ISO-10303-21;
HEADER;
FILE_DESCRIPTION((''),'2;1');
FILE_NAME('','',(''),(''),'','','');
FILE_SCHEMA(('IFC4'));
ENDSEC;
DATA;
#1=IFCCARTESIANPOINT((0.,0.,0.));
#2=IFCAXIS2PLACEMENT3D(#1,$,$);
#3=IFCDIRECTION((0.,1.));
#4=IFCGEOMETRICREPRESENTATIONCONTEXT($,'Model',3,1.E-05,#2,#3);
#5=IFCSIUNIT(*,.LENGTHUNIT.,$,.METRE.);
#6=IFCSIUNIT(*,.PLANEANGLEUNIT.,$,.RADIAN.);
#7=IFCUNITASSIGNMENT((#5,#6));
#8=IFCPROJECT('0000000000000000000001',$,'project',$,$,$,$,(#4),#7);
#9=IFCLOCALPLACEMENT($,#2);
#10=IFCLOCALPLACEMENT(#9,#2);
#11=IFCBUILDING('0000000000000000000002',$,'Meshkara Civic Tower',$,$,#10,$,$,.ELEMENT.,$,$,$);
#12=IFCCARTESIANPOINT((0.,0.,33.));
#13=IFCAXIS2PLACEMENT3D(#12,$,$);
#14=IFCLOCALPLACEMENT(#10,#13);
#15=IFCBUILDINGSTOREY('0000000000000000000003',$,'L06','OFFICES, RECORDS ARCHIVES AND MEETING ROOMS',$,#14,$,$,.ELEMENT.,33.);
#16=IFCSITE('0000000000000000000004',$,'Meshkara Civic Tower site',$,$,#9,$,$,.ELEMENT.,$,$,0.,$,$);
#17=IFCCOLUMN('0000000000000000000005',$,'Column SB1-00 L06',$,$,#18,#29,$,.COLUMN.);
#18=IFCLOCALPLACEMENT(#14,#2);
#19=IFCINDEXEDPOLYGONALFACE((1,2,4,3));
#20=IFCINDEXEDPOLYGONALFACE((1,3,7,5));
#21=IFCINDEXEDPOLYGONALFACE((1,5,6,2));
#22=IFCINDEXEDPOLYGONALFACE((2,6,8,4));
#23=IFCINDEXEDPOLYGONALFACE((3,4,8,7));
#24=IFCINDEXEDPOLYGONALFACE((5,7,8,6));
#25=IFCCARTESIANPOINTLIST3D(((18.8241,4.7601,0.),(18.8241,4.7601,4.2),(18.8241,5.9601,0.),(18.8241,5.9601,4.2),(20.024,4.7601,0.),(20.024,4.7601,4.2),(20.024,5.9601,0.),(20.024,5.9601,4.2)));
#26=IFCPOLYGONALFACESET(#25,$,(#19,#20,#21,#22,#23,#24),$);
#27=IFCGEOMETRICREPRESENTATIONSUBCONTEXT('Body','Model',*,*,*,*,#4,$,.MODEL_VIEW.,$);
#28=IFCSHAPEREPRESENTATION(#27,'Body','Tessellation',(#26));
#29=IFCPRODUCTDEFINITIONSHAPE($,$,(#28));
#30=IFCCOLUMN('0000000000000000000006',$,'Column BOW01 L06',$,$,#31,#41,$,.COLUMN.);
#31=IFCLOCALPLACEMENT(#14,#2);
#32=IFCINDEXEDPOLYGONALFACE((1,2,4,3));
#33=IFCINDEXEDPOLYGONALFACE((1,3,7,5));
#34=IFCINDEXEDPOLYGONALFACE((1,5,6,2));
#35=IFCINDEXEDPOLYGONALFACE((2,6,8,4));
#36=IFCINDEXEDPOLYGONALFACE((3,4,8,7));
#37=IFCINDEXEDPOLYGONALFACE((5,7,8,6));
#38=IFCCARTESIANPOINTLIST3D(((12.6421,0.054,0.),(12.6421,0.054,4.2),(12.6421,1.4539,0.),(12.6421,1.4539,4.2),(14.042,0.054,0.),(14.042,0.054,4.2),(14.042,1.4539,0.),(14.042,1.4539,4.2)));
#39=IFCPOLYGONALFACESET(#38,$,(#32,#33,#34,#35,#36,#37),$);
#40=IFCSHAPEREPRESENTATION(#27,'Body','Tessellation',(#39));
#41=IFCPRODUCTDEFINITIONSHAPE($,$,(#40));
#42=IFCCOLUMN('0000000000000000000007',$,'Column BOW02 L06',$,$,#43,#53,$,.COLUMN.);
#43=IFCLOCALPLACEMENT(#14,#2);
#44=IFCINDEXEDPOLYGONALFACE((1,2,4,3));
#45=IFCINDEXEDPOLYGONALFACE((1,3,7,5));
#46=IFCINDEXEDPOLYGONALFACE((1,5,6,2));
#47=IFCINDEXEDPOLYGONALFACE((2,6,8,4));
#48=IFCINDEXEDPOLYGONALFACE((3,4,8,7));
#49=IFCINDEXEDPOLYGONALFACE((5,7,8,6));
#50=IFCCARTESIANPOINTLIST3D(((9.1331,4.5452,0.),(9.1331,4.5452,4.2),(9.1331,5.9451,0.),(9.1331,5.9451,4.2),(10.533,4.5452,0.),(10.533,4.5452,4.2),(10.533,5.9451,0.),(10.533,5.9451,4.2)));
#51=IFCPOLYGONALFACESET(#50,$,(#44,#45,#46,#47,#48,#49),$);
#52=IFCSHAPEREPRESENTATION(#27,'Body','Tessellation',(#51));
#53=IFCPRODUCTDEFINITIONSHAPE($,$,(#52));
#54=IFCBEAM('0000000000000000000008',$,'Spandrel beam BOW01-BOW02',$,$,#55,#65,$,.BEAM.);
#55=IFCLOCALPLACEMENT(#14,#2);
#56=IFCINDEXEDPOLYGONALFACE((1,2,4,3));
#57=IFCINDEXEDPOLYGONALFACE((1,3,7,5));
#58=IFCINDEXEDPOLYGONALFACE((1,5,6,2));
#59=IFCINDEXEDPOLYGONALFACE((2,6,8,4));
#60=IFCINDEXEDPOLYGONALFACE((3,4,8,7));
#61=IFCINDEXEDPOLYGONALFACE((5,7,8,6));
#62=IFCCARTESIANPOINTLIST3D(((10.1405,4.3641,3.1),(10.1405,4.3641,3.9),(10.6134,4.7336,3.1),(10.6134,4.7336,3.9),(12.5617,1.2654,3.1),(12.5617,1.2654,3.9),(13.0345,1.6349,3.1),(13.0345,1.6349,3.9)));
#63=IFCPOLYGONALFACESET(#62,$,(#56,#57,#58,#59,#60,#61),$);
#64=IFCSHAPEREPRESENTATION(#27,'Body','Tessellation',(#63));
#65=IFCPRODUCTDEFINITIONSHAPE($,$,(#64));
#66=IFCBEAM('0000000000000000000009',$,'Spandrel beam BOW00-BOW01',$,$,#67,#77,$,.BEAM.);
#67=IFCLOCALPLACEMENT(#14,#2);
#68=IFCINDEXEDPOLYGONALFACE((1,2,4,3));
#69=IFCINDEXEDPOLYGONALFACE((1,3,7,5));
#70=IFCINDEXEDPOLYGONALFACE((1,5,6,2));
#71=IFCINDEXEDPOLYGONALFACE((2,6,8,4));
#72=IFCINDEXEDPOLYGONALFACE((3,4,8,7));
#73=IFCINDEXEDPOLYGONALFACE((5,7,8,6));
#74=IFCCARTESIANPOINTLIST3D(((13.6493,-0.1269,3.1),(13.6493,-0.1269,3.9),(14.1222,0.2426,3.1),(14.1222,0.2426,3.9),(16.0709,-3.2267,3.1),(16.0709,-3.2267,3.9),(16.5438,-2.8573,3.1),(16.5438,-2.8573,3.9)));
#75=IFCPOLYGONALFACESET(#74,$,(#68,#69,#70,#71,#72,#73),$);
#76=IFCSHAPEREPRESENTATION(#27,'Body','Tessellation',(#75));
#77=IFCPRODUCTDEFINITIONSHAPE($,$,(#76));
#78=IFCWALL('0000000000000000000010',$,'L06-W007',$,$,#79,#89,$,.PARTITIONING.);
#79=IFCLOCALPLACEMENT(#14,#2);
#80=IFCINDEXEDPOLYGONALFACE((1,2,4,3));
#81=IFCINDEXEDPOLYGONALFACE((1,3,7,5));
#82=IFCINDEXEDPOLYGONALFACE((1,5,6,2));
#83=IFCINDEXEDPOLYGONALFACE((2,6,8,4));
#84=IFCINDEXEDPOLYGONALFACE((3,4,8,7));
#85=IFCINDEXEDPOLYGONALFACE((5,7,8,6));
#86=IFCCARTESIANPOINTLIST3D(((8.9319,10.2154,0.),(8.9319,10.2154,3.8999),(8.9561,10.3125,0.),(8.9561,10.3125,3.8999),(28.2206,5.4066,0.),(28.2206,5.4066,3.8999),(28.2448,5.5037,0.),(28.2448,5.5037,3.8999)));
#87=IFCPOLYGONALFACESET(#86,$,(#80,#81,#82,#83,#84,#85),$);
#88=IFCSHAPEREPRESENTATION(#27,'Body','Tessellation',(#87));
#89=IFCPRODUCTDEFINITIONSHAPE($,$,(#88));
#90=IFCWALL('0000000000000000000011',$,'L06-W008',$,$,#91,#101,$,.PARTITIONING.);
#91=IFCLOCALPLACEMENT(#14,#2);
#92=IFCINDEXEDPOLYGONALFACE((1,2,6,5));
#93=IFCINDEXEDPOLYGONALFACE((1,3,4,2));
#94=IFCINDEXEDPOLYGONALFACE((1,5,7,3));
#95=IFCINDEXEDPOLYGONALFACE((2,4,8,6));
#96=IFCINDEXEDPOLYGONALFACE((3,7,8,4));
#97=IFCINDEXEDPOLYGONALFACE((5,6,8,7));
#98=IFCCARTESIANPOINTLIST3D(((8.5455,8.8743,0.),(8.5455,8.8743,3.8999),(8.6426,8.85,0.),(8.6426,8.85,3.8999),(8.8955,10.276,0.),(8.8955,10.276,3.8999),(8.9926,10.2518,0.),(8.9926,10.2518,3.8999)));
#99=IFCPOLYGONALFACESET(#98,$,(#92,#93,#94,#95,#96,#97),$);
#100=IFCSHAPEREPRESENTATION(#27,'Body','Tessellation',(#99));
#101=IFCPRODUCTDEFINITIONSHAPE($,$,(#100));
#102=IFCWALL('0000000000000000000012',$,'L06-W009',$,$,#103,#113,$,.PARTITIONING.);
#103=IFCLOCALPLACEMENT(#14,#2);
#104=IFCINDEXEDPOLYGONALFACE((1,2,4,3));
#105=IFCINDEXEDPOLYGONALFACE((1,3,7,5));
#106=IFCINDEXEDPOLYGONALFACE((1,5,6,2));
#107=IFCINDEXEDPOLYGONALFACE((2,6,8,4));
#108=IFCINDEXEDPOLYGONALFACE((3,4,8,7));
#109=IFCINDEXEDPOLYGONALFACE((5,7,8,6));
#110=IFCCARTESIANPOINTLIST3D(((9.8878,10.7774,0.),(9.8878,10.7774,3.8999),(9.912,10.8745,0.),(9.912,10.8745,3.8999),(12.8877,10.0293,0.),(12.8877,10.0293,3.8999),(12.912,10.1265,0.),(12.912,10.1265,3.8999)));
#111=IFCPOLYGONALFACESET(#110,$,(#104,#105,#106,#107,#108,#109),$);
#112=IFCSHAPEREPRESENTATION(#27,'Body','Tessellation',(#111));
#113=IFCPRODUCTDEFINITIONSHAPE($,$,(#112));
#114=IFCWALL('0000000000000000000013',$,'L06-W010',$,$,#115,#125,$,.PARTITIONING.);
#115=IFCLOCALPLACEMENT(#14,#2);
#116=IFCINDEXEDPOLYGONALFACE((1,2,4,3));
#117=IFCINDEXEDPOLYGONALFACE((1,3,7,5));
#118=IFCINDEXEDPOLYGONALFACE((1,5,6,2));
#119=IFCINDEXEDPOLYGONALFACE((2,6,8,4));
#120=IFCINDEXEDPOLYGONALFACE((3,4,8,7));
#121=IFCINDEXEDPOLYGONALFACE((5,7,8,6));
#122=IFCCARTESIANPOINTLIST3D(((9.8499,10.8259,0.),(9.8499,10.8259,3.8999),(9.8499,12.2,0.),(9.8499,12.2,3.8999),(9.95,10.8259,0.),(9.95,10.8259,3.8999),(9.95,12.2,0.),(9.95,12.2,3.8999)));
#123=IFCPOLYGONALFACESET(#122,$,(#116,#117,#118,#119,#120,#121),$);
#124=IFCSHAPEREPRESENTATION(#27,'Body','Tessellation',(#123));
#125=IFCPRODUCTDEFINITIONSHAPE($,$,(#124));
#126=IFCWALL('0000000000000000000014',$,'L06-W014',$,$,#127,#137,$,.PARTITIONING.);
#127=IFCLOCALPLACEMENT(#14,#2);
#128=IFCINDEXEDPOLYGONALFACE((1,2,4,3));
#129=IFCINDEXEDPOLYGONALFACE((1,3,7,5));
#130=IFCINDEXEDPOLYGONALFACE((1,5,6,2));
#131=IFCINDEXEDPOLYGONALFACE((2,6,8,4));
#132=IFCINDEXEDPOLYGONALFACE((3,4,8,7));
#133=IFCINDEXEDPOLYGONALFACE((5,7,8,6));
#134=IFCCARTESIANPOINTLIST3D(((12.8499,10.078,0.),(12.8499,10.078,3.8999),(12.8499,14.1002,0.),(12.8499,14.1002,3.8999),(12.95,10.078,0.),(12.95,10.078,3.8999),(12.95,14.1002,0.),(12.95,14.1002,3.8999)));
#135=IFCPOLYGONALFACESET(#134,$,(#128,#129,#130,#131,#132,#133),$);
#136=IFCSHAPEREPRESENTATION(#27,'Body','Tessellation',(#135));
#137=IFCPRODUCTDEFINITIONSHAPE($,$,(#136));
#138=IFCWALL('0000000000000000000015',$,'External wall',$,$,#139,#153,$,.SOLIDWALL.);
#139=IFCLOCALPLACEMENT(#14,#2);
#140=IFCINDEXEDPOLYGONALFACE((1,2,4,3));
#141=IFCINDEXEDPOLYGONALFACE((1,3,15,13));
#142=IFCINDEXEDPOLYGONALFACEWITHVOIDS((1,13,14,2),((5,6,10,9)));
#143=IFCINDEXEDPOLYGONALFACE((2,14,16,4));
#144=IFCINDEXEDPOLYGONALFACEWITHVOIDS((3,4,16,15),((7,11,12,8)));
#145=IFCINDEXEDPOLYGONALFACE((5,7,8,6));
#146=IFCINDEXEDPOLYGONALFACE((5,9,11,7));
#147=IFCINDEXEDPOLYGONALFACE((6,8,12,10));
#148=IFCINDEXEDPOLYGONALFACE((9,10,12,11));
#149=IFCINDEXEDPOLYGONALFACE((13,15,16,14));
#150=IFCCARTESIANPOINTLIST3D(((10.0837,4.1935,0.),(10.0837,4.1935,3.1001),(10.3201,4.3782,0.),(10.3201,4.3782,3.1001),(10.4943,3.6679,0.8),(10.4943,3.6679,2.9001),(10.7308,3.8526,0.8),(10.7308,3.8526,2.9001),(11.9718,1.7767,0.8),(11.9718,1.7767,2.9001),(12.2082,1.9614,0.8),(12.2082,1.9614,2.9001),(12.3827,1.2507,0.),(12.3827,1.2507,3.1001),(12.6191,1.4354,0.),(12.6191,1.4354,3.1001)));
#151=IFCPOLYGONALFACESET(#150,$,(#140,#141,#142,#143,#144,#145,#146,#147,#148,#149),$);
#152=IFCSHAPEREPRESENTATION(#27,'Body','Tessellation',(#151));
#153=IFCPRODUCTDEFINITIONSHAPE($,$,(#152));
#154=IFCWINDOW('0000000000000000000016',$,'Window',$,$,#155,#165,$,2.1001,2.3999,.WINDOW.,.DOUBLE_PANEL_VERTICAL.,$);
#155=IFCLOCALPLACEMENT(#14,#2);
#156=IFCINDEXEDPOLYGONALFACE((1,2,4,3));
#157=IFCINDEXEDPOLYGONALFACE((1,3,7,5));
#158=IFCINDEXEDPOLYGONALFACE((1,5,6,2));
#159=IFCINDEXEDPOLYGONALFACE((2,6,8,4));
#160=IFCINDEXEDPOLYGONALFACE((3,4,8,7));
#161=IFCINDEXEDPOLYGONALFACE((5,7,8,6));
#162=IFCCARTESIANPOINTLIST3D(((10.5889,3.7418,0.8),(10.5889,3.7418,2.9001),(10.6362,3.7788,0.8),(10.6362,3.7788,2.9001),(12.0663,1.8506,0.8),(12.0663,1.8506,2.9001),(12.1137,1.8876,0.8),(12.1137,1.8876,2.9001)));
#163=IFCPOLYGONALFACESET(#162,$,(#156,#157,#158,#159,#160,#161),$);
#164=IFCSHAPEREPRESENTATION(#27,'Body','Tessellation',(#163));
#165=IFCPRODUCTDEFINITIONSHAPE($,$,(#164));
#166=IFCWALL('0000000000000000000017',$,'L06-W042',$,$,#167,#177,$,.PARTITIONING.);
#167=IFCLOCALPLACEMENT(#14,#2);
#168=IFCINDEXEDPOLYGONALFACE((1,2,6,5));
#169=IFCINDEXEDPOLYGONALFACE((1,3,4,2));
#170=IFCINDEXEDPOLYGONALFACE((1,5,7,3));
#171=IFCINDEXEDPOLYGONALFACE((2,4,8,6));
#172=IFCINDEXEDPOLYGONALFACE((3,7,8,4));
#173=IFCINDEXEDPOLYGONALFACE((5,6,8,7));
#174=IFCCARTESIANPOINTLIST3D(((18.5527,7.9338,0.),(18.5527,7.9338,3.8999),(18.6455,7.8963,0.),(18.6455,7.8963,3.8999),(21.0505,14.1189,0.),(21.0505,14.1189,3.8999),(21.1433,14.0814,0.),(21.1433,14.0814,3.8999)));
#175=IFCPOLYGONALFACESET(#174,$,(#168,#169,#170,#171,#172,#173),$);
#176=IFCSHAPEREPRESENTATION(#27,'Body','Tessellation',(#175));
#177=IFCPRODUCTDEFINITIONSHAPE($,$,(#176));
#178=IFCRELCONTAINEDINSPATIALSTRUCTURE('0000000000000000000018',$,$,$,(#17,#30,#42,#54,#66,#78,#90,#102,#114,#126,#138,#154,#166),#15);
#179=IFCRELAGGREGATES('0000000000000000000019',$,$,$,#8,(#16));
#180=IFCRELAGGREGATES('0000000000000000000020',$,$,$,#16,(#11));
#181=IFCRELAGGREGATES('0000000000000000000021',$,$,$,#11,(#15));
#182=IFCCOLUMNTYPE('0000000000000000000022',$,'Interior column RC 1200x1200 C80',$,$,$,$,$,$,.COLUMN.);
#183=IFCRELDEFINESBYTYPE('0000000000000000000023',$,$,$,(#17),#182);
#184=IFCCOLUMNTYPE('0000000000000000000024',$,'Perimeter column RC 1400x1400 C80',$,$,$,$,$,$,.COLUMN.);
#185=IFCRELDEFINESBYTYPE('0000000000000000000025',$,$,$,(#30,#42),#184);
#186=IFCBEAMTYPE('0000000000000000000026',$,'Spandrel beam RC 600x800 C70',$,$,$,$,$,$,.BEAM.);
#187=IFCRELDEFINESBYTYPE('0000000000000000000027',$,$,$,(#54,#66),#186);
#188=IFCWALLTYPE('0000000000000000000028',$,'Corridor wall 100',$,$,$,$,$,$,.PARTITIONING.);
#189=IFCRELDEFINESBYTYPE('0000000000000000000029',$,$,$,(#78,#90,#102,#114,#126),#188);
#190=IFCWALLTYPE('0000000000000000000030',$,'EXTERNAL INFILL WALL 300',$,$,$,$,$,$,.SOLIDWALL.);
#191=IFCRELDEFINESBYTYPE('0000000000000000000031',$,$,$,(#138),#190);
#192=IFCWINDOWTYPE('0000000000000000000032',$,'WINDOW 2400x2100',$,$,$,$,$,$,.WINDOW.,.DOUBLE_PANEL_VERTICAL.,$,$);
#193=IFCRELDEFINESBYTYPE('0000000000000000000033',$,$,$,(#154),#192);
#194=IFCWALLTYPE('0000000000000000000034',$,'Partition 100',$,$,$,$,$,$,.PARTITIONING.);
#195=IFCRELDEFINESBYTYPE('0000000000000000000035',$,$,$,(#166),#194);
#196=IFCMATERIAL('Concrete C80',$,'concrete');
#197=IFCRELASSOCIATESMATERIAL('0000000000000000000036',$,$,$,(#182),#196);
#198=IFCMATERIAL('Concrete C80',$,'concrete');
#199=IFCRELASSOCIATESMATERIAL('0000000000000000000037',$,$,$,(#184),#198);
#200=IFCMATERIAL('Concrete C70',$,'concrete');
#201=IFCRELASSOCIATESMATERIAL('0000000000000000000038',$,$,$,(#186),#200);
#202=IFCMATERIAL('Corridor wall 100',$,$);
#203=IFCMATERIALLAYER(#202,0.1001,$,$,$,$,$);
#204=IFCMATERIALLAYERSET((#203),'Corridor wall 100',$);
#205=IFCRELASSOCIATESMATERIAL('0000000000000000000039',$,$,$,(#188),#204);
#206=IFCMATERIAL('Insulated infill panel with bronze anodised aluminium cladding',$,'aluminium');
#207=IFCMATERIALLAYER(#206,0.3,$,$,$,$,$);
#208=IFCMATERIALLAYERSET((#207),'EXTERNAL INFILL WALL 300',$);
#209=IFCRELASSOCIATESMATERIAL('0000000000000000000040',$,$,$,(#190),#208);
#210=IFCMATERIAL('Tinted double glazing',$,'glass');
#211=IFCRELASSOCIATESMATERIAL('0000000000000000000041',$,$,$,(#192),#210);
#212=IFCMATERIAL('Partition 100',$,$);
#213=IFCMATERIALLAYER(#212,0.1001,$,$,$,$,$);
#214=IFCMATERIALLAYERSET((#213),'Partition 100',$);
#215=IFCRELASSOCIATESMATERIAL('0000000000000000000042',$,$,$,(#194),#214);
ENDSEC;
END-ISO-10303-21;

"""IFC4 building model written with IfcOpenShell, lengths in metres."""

from ifc_helpers import new_model, si_unit, direction, frame, frame_2d, origin, origin_2d, place, context, subcontext, project, spatial, rectangle, extrude, material, layer, layer_set, material_profile, profile_set, type_object, element, fill, save


model = new_model("IFC4")

# Units and contexts
model_context = context("Model", 3, precision=1e-05, world=origin(), true_north=direction((0.0, 1.0)))
body_context = subcontext(model_context, "Body", "Model", "MODEL_VIEW")
ifc_project = project(units=[si_unit("LENGTHUNIT", "METRE"), si_unit("PLANEANGLEUNIT", "RADIAN")], contexts=[model_context])

# Site, building, storey
site_placement = place(None, origin())
site = spatial("IfcSite", under=ifc_project, at=site_placement, Name="Meshkara Civic Tower site", CompositionType="ELEMENT", RefElevation=0.0)
building_placement = place(site_placement, origin())
building = spatial("IfcBuilding", under=site, at=building_placement, Name="Meshkara Civic Tower", CompositionType="ELEMENT")
storey_placement = place(building_placement, frame((0.0, 0.0, 33.0)))
storey = spatial("IfcBuildingStorey", under=building, at=storey_placement, Name="L06", Description="OFFICES, RECORDS ARCHIVES AND MEETING ROOMS", CompositionType="ELEMENT", Elevation=33.0)

# Columns
ifc_material_1 = material(Name="Concrete C80", Category="concrete")
ifc_material_profile_1 = material_profile(ifc_material_1, rectangle(XDim=1.2, YDim=1.2, at=origin_2d()))
ifc_profile_set_1 = profile_set([ifc_material_profile_1], Name="Concrete C80")
column_type_1 = type_object("IfcColumnType", Name="Interior column RC 1200x1200 C80", PredefinedType="COLUMN", material=ifc_profile_set_1)
column_placement = place(storey_placement, frame((19.4241, 5.3601, 0.0), z_axis=(0.0, 0.0, 1.0), x_axis=(1.0, 0.0, 0.0)))
element("IfcColumn", 1, at=column_placement, inside=storey, type_object=column_type_1, Name="Column SB1-00 L06", PredefinedType="COLUMN", context=body_context, shape_type="SweptSolid", body=[
    extrude(rectangle(XDim=1.2, YDim=1.2, at=origin_2d()), origin(), (0.0, 0.0, 1.0), 4.2),
])
ifc_material_2 = material(Name="Concrete C80", Category="concrete")
ifc_material_profile_2 = material_profile(ifc_material_2, rectangle(XDim=1.3999, YDim=1.3999, at=origin_2d()))
ifc_profile_set_2 = profile_set([ifc_material_profile_2], Name="Concrete C80")
column_type_2 = type_object("IfcColumnType", Name="Perimeter column RC 1400x1400 C80", PredefinedType="COLUMN", material=ifc_profile_set_2)
for number, where, z_axis, x_axis, name in (
    (2, (13.342, 0.7539, 0.0), (0.0, 0.0, 1.0), (1.0, 0.0, 0.0), "Column BOW01 L06"),
    (3, (9.833, 5.2451, 0.0), (0.0, 0.0, 1.0), (1.0, 0.0, 0.0), "Column BOW02 L06"),
):
    element("IfcColumn", number, at=place(storey_placement, frame(where, z_axis=z_axis, x_axis=x_axis)), inside=storey, type_object=column_type_2, Name=name, PredefinedType="COLUMN", context=body_context, shape_type="SweptSolid", body=[
        extrude(rectangle(XDim=1.3999, YDim=1.3999, at=origin_2d()), origin(), (0.0, 0.0, 1.0), 4.2),
    ])

# Beams
ifc_material_3 = material(Name="Concrete C70", Category="concrete")
ifc_material_profile_3 = material_profile(ifc_material_3, rectangle(XDim=0.6001, YDim=0.8, at=origin_2d()))
ifc_profile_set_3 = profile_set([ifc_material_profile_3], Name="Concrete C70")
beam_type = type_object("IfcBeamType", Name="Spandrel beam RC 600x800 C70", PredefinedType="BEAM", material=ifc_profile_set_3)
beam_1_placement = place(storey_placement, frame((10.377, 4.5488, 3.5), z_axis=(0.615697, -0.787983, 0.0), x_axis=(0.787983, 0.615697, 0.0)))
element("IfcBeam", 4, at=beam_1_placement, inside=storey, type_object=beam_type, Name="Spandrel beam BOW01-BOW02", PredefinedType="BEAM", context=body_context, shape_type="SweptSolid", body=[
    extrude(rectangle(XDim=0.6001, YDim=0.8, at=origin_2d()), origin(), (0.0, 0.0, 1.0), 3.9324),
])
beam_2_placement = place(storey_placement, frame((13.8857, 0.0579, 3.5), z_axis=(0.615624, -0.78804, 0.0), x_axis=(0.78804, 0.615624, 0.0)))
element("IfcBeam", 5, at=beam_2_placement, inside=storey, type_object=beam_type, Name="Spandrel beam BOW00-BOW01", PredefinedType="BEAM", context=body_context, shape_type="SweptSolid", body=[
    extrude(rectangle(XDim=0.6001, YDim=0.8, at=origin_2d()), origin(), (0.0, 0.0, 1.0), 3.9336),
])

# Walls
ifc_material_4 = material(Name="Corridor wall 100")
ifc_layer_1 = layer(ifc_material_4, 0.1001)
ifc_layer_set_1 = layer_set([ifc_layer_1], Name="Corridor wall 100")
wall_type_1 = type_object("IfcWallType", Name="Corridor wall 100", PredefinedType="PARTITIONING", material=ifc_layer_set_1)
wall_1_placement = place(storey_placement, frame((8.9441, 10.2639, 0.0), z_axis=(0.0, 0.0, 1.0), x_axis=(0.970301, -0.241903, 0.0)))
element("IfcWall", 6, at=wall_1_placement, inside=storey, type_object=wall_type_1, Name="L06-W007", PredefinedType="PARTITIONING", context=body_context, shape_type="SweptSolid", body=[
    extrude(rectangle(XDim=19.8792, YDim=0.1001, at=frame_2d((9.9395, 0.0))), origin(), (0.0, 0.0, 1.0), 3.8999),
])
wall_2_placement = place(storey_placement, frame((8.9441, 10.2639, 0.0), z_axis=(0.0, 0.0, 1.0), x_axis=(-0.242297, -0.970202, 0.0)))
element("IfcWall", 7, at=wall_2_placement, inside=storey, type_object=wall_type_1, Name="L06-W008", PredefinedType="PARTITIONING", context=body_context, shape_type="SweptSolid", body=[
    extrude(rectangle(XDim=1.4448, YDim=0.1001, at=frame_2d((0.7224, 0.0))), origin(), (0.0, 0.0, 1.0), 3.8999),
])
wall_3_placement = place(storey_placement, frame((9.8999, 10.8259, 0.0), z_axis=(0.0, 0.0, 1.0), x_axis=(0.970291, -0.241941, 0.0)))
element("IfcWall", 8, at=wall_3_placement, inside=storey, type_object=wall_type_1, Name="L06-W009", PredefinedType="PARTITIONING", context=body_context, shape_type="SweptSolid", body=[
    extrude(rectangle(XDim=3.0918, YDim=0.1001, at=frame_2d((1.5459, 0.0))), origin(), (0.0, 0.0, 1.0), 3.8999),
])
wall_4_placement = place(storey_placement, frame((9.8999, 12.2, 0.0), z_axis=(0.0, 0.0, 1.0), x_axis=(0.0, -1.0, 0.0)))
element("IfcWall", 9, at=wall_4_placement, inside=storey, type_object=wall_type_1, Name="L06-W010", PredefinedType="PARTITIONING", context=body_context, shape_type="SweptSolid", body=[
    extrude(rectangle(XDim=1.374, YDim=0.1001, at=frame_2d((0.687, 0.0))), origin(), (0.0, 0.0, 1.0), 3.8999),
])
wall_5_placement = place(storey_placement, frame((12.8999, 10.0779, 0.0), z_axis=(0.0, 0.0, 1.0), x_axis=(0.0, 1.0, 0.0)))
element("IfcWall", 10, at=wall_5_placement, inside=storey, type_object=wall_type_1, Name="L06-W014", PredefinedType="PARTITIONING", context=body_context, shape_type="SweptSolid", body=[
    extrude(rectangle(XDim=4.0222, YDim=0.1001, at=frame_2d((2.0112, 0.0))), origin(), (0.0, 0.0, 1.0), 3.8999),
])

# Wall, opening, window
ifc_material_5 = material(Name="Insulated infill panel with bronze anodised aluminium cladding", Category="aluminium")
ifc_layer_2 = layer(ifc_material_5, 0.3)
ifc_layer_set_2 = layer_set([ifc_layer_2], Name="EXTERNAL INFILL WALL 300")
wall_type_2 = type_object("IfcWallType", Name="EXTERNAL INFILL WALL 300", PredefinedType="SOLIDWALL", material=ifc_layer_set_2)
wall_6_placement = place(storey_placement, frame((10.2019, 4.2859, 0.0), z_axis=(0.0, 0.0, 1.0), x_axis=(0.615636, -0.78803, 0.0)))
wall_6 = element("IfcWall", 11, at=wall_6_placement, inside=storey, type_object=wall_type_2, Name="External wall", PredefinedType="SOLIDWALL", context=body_context, shape_type="SweptSolid", body=[
    extrude(rectangle(XDim=3.7344, YDim=0.3, at=frame_2d((1.8672, 0.0))), origin(), (0.0, 0.0, 1.0), 3.1001),
])
opening_1_placement = place(wall_6_placement, frame((0.667, 0.0, 0.8)))
opening_1 = element("IfcOpeningElement", 12, at=opening_1_placement, cuts=wall_6, PredefinedType="OPENING", context=body_context, shape_type="SweptSolid", body=[
    extrude(rectangle(XDim=2.3999, YDim=2.1001, at=frame_2d((1.2, 1.05))), frame((0.0, 0.1599, 0.0), z_axis=(0.0, -1.0, 0.0), x_axis=(1.0, 0.0, 0.0)), (0.0, 0.0, 1.0), 0.3201),
])
ifc_material_6 = material(Name="Tinted double glazing", Category="glass")
window_type = type_object("IfcWindowType", Name="WINDOW 2400x2100", PartitioningType="DOUBLE_PANEL_VERTICAL", PredefinedType="WINDOW", material=ifc_material_6)
window_placement = place(opening_1_placement, origin())
window = element("IfcWindow", 13, at=window_placement, inside=storey, type_object=window_type, Name="Window", OverallHeight=2.1001, OverallWidth=2.3999, PartitioningType="DOUBLE_PANEL_VERTICAL", PredefinedType="WINDOW", context=body_context, shape_type="SweptSolid", body=[
    extrude(rectangle(XDim=2.3999, YDim=2.1001, at=frame_2d((1.2, 1.05))), frame((0.0, 0.03, 0.0), z_axis=(0.0, -1.0, 0.0), x_axis=(1.0, 0.0, 0.0)), (0.0, 0.0, 1.0), 0.0601),
])
fill(opening_1, window)

# Wall
ifc_material_7 = material(Name="Partition 100")
ifc_layer_3 = layer(ifc_material_7, 0.1001)
ifc_layer_set_3 = layer_set([ifc_layer_3], Name="Partition 100")
wall_type_3 = type_object("IfcWallType", Name="Partition 100", PredefinedType="PARTITIONING", material=ifc_layer_set_3)
wall_7_placement = place(storey_placement, frame((18.5991, 7.915, 0.0), z_axis=(0.0, 0.0, 1.0), x_axis=(0.374462, 0.927242, 0.0)))
element("IfcWall", 14, at=wall_7_placement, inside=storey, type_object=wall_type_3, Name="L06-W042", PredefinedType="PARTITIONING", context=body_context, shape_type="SweptSolid", body=[
    extrude(rectangle(XDim=6.6704, YDim=0.1001, at=frame_2d((3.3352, 0.0))), origin(), (0.0, 0.0, 1.0), 3.8999),
])

save(model, "model.ifc")
